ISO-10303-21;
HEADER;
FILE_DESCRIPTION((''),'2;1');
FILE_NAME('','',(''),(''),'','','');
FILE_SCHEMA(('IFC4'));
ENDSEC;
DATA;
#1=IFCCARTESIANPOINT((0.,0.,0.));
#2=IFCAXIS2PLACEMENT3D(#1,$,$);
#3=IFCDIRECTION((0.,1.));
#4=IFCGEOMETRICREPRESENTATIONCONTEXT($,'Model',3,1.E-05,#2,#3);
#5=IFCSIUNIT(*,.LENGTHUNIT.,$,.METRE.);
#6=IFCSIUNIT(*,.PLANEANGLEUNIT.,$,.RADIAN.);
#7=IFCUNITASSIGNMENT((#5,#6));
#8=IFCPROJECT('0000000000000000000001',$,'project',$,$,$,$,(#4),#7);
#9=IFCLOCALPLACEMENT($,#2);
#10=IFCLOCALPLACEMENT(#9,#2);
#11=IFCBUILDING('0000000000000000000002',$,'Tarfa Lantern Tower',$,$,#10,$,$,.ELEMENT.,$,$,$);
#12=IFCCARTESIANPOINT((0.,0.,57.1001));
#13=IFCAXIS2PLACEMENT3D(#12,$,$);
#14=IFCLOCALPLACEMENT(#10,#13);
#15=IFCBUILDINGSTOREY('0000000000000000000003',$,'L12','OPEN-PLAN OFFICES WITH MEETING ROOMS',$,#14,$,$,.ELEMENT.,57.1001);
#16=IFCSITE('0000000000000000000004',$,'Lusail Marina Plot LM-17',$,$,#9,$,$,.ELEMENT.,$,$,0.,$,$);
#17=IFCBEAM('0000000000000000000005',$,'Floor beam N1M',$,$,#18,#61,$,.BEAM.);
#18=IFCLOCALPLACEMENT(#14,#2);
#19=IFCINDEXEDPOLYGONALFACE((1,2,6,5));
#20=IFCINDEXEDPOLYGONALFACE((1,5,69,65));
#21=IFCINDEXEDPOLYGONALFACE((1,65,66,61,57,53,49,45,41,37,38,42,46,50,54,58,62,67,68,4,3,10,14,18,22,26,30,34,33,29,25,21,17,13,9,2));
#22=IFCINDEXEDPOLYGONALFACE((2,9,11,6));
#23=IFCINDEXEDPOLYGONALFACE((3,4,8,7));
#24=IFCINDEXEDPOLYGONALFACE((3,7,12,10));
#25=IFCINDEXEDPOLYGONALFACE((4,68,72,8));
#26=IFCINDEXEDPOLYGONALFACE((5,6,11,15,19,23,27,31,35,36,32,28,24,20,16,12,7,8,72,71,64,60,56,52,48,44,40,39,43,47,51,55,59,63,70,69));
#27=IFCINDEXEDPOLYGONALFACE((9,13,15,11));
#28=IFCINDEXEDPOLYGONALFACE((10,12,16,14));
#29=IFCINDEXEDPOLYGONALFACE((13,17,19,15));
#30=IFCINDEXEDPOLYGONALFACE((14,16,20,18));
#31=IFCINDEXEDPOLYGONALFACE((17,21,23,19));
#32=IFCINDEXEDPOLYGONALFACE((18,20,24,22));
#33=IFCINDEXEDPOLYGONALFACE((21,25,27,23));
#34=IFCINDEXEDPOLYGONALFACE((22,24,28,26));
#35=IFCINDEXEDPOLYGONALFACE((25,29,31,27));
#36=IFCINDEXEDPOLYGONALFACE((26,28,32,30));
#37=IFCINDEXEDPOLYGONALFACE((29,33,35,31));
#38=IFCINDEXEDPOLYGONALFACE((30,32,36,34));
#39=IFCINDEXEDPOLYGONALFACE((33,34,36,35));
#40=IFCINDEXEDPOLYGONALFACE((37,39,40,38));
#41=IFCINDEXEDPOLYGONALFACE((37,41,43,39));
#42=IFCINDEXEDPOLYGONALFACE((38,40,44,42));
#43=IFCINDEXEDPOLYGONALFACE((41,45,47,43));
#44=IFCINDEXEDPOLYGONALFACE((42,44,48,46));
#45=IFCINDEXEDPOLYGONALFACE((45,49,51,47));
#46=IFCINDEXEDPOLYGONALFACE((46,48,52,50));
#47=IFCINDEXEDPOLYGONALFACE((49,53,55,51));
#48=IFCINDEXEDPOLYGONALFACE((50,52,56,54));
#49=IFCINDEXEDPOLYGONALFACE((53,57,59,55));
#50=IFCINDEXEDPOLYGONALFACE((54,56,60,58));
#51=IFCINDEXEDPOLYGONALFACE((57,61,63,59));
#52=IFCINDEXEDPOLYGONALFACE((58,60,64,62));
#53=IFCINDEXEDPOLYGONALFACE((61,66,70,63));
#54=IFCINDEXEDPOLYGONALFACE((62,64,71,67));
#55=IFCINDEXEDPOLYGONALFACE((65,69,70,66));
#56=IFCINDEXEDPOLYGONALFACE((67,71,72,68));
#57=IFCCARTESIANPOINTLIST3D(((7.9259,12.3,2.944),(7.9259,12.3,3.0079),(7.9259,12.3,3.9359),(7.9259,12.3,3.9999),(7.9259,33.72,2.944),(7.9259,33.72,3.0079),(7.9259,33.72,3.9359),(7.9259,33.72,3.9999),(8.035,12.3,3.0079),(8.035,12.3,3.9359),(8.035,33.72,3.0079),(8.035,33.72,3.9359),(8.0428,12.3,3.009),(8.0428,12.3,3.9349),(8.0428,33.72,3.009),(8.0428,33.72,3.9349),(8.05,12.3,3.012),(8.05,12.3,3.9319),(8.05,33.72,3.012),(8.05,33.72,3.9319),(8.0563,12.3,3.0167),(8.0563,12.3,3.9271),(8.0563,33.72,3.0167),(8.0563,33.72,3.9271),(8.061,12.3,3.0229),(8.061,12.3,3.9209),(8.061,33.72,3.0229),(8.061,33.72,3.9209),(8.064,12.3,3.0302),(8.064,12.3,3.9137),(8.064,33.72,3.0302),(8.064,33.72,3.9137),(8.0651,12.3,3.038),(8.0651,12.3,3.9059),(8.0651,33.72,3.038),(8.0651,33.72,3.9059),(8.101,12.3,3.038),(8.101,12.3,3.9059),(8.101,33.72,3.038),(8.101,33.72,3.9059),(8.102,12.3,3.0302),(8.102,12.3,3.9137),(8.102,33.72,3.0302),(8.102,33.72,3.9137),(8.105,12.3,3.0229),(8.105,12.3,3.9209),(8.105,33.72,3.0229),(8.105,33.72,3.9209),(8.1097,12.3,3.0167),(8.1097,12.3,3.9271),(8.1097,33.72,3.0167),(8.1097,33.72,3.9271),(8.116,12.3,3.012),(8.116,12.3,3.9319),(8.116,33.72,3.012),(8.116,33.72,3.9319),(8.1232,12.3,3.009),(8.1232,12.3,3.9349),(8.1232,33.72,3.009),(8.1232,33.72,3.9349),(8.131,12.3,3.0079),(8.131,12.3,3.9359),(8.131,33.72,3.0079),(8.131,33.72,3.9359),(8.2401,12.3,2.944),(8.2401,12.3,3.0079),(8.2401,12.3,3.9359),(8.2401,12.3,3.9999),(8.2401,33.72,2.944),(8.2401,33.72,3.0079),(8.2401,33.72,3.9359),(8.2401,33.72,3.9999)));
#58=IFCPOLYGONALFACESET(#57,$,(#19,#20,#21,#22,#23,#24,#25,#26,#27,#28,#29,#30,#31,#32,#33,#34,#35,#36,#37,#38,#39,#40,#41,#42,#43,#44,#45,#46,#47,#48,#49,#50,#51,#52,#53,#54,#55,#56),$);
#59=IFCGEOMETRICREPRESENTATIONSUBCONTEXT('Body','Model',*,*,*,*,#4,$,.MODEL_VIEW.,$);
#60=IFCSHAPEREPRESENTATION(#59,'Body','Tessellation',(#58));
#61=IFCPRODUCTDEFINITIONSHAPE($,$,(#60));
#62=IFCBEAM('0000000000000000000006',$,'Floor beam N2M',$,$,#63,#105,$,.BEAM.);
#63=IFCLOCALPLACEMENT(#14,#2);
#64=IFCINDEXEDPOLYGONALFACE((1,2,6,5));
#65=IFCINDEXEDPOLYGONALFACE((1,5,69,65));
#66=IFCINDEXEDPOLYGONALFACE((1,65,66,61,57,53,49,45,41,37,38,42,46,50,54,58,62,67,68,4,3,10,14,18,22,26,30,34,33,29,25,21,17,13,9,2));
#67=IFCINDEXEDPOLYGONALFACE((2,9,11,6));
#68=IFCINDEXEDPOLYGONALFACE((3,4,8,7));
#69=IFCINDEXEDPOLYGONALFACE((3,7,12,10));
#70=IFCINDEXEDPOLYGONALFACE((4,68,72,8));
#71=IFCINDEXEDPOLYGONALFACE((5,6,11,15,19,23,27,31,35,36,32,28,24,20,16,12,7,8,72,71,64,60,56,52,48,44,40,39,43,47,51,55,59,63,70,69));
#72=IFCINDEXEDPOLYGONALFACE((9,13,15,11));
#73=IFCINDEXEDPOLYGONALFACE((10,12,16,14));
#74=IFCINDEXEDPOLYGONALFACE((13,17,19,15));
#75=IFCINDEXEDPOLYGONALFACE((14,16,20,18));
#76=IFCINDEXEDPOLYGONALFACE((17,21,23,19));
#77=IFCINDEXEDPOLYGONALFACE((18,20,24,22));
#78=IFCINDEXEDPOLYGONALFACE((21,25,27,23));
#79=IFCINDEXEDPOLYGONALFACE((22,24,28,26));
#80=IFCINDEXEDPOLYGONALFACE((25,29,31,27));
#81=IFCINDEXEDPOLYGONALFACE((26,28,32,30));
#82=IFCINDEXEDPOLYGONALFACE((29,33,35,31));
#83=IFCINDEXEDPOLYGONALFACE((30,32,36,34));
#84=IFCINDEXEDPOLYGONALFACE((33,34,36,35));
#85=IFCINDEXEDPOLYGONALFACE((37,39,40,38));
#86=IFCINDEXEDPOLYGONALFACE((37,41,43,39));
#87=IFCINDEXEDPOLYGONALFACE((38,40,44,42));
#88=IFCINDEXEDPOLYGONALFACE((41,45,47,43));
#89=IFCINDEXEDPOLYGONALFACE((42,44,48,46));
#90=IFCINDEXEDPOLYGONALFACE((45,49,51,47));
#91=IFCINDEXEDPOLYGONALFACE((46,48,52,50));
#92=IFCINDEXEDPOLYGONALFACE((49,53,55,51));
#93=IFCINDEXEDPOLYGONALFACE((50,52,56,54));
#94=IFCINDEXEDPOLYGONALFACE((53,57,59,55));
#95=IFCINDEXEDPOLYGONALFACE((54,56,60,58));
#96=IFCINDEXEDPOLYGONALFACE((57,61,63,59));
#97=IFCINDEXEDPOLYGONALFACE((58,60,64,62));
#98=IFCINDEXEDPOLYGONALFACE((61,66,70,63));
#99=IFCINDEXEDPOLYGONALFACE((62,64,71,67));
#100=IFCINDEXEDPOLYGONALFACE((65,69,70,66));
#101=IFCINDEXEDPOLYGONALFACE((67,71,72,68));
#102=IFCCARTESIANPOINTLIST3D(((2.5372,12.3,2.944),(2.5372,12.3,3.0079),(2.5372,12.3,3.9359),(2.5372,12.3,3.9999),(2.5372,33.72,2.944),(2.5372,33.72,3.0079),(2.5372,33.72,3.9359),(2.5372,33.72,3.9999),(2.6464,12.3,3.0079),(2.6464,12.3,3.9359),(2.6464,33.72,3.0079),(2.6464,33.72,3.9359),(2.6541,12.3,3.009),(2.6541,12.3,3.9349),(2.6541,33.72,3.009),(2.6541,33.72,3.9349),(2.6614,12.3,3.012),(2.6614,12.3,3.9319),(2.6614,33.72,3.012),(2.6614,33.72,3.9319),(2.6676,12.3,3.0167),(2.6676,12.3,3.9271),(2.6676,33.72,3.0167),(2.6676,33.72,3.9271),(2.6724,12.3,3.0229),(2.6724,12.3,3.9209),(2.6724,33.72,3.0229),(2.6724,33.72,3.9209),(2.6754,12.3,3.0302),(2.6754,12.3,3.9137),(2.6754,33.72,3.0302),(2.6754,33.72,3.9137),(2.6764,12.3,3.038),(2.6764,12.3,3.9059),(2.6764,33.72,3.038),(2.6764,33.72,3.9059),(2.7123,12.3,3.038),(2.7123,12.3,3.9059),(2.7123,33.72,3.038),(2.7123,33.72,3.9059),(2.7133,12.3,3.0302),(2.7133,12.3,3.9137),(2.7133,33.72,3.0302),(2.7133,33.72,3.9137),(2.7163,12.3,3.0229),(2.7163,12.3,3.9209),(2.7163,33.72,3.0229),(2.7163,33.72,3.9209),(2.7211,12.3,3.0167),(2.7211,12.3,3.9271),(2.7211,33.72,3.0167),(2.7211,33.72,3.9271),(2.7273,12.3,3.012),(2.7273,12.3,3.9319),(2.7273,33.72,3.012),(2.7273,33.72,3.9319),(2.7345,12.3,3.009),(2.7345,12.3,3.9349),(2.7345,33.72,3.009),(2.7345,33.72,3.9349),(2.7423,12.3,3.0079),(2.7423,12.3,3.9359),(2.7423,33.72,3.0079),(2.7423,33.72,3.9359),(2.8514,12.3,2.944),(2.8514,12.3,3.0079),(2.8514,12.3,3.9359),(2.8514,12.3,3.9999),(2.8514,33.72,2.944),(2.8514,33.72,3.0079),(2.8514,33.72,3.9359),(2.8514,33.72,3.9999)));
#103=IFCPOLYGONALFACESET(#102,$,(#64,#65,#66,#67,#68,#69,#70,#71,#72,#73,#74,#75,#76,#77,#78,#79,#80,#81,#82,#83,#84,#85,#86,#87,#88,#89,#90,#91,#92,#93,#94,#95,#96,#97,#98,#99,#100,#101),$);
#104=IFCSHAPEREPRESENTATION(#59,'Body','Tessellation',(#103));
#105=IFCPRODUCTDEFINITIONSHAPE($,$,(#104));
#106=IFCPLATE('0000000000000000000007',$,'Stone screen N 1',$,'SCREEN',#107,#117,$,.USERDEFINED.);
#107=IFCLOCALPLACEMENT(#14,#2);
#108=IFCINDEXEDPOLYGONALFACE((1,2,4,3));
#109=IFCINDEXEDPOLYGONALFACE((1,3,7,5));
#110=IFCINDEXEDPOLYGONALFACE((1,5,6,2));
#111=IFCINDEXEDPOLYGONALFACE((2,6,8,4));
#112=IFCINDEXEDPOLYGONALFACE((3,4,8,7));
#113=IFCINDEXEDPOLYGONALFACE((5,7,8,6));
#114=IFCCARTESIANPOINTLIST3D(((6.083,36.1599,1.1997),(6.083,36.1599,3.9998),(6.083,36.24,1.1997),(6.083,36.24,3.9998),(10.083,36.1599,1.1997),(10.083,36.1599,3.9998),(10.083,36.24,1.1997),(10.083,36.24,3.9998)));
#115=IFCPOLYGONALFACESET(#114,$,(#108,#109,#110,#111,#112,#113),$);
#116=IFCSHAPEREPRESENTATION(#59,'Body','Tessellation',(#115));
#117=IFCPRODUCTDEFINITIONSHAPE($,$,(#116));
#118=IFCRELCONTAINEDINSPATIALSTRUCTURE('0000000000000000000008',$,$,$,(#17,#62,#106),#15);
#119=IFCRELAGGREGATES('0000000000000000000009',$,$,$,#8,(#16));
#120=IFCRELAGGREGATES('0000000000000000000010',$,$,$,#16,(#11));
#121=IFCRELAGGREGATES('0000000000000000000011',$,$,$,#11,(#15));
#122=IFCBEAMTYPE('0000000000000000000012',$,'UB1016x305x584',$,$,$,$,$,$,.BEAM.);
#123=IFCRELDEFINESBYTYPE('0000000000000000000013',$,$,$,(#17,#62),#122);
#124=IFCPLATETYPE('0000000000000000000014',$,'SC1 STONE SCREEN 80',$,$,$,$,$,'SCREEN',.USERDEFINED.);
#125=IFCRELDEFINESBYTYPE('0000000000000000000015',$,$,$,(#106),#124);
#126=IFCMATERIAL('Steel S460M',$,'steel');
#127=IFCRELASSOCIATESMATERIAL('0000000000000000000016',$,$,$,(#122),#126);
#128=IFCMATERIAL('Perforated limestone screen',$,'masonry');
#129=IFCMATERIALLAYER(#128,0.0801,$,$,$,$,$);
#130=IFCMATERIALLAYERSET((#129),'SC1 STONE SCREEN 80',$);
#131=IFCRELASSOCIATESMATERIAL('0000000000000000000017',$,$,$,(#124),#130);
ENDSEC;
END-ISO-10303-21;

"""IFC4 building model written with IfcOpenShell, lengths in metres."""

from ifc_helpers import new_model, si_unit, direction, frame, origin, origin_2d, place, context, subcontext, project, spatial, rectangle, i_section, extrude, material, layer, layer_set, material_profile, profile_set, type_object, element, save


model = new_model("IFC4")

# Units and contexts
model_context = context("Model", 3, precision=1e-05, world=origin(), true_north=direction((0.0, 1.0)))
body_context = subcontext(model_context, "Body", "Model", "MODEL_VIEW")
ifc_project = project(units=[si_unit("LENGTHUNIT", "METRE"), si_unit("PLANEANGLEUNIT", "RADIAN")], contexts=[model_context])

# Site, building, storey
site_placement = place(None, origin())
site = spatial("IfcSite", under=ifc_project, at=site_placement, Name="Lusail Marina Plot LM-17", CompositionType="ELEMENT", RefElevation=0.0)
building_placement = place(site_placement, origin())
building = spatial("IfcBuilding", under=site, at=building_placement, Name="Tarfa Lantern Tower", CompositionType="ELEMENT")
storey_placement = place(building_placement, frame((0.0, 0.0, 57.1001)))
storey = spatial("IfcBuildingStorey", under=building, at=storey_placement, Name="L12", Description="OPEN-PLAN OFFICES WITH MEETING ROOMS", CompositionType="ELEMENT", Elevation=57.1001)

# Beams
ifc_material_1 = material(Name="Steel S460M", Category="steel")
ifc_material_profile_1 = material_profile(ifc_material_1, i_section(OverallWidth=0.3142, OverallDepth=1.0559, WebThickness=0.0359, FlangeThickness=0.064, FilletRadius=0.03, at=origin_2d()), Name="UB1016x305x584")
ifc_profile_set_1 = profile_set([ifc_material_profile_1], Name="Steel S460M")
beam_type_1 = type_object("IfcBeamType", Name="UB1016x305x584", PredefinedType="BEAM", material=ifc_profile_set_1)
for number, where, z_axis, x_axis, name in (
    (1, (8.083, 33.72, 3.4719), (0.0, -1.0, 0.0), (1.0, 0.0, 0.0), "Floor beam N1M"),
    (2, (2.6943, 33.72, 3.4719), (0.0, -1.0, 0.0), (1.0, 0.0, 0.0), "Floor beam N2M"),
):
    element("IfcBeam", number, at=place(storey_placement, frame(where, z_axis=z_axis, x_axis=x_axis)), inside=storey, type_object=beam_type_1, Name=name, PredefinedType="BEAM", context=body_context, shape_type="SweptSolid", body=[
        extrude(i_section(OverallWidth=0.3142, OverallDepth=1.0559, WebThickness=0.0359, FlangeThickness=0.064, FilletRadius=0.03, at=origin_2d()), origin(), (0.0, 0.0, 1.0), 21.4199),
    ])

# Plate
ifc_material_2 = material(Name="Perforated limestone screen", Category="masonry")
ifc_layer_1 = layer(ifc_material_2, 0.0801)
ifc_layer_set_1 = layer_set([ifc_layer_1], Name="SC1 STONE SCREEN 80")
plate_type = type_object("IfcPlateType", Name="SC1 STONE SCREEN 80", ElementType="SCREEN", PredefinedType="USERDEFINED", material=ifc_layer_set_1)
plate_placement = place(storey_placement, frame((8.083, 36.2, 1.1997), z_axis=(0.0, 0.0, 1.0), x_axis=(-1.0, 0.0, 0.0)))
element("IfcPlate", 3, at=plate_placement, inside=storey, type_object=plate_type, Name="Stone screen N 1", ObjectType="SCREEN", PredefinedType="USERDEFINED", context=body_context, shape_type="SweptSolid", body=[
    extrude(rectangle(XDim=4.0, YDim=0.0801, at=origin_2d()), origin(), (0.0, 0.0, 1.0), 2.8),
])

save(model, "model.ifc")
